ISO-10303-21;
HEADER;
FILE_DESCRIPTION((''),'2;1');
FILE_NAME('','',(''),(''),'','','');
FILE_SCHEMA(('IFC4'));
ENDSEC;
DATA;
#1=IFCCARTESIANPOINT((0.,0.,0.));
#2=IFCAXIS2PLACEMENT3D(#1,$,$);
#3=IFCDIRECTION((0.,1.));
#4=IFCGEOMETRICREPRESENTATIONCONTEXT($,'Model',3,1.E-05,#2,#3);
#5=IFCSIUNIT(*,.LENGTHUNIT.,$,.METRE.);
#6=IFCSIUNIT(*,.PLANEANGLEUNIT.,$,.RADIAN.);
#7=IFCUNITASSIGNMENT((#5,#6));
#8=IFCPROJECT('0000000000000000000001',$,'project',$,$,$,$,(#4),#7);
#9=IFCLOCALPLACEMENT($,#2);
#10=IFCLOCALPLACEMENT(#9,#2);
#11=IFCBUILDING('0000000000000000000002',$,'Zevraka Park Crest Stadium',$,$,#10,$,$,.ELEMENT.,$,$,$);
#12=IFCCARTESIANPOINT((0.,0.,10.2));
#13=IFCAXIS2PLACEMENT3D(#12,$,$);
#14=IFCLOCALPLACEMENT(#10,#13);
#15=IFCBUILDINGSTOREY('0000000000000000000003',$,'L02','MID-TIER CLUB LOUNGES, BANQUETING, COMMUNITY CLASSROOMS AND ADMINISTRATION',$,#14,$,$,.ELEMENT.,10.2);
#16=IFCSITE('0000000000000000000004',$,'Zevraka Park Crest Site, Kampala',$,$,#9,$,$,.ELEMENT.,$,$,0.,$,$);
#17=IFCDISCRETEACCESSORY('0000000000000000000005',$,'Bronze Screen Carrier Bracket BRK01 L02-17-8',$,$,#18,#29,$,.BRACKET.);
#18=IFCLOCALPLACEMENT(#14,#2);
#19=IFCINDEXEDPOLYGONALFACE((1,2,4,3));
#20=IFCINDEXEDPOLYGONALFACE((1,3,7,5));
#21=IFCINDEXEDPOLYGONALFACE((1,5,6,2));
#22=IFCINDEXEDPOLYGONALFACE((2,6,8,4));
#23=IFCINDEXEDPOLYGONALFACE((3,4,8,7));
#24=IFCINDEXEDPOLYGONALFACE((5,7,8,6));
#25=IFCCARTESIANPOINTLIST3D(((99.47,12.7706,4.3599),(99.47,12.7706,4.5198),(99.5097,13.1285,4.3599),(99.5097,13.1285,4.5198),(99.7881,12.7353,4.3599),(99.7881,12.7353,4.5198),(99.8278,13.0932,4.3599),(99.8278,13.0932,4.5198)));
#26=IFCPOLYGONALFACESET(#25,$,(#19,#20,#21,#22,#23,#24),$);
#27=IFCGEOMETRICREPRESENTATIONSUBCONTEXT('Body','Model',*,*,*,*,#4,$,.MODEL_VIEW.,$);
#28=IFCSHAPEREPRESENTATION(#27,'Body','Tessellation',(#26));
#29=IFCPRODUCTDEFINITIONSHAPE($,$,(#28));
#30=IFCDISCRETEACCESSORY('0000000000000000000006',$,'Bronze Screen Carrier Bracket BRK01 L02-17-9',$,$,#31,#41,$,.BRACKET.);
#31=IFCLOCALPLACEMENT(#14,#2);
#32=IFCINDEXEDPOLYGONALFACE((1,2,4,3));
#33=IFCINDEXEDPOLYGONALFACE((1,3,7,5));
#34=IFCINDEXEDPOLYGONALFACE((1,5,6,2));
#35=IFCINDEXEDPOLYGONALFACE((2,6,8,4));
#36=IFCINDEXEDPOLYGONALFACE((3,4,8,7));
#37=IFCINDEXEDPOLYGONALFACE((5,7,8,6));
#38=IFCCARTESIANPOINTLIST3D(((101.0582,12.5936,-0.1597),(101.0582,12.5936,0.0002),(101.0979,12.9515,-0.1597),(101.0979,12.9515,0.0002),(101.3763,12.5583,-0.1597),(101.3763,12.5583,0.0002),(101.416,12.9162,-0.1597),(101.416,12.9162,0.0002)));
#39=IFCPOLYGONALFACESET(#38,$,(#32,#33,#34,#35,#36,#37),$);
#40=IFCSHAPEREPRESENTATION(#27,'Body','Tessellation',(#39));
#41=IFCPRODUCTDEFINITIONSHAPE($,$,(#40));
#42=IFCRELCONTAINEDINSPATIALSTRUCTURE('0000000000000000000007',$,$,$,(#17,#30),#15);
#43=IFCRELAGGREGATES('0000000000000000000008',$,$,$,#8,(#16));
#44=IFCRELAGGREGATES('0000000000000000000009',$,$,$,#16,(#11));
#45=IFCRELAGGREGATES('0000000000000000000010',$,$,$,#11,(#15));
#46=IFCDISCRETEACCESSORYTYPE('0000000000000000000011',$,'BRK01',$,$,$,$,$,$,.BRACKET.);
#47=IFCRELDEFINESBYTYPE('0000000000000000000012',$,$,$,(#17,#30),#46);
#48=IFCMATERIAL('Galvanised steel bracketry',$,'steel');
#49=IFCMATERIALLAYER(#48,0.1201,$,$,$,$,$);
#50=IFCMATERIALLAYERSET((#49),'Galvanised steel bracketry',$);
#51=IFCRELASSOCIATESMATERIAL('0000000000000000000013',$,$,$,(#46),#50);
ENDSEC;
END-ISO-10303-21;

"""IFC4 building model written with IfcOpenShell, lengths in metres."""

from ifc_helpers import new_model, si_unit, direction, frame, origin, origin_2d, place, context, subcontext, project, spatial, rectangle, extrude, material, layer, layer_set, type_object, element, save


model = new_model("IFC4")

# Units and contexts
model_context = context("Model", 3, precision=1e-05, world=origin(), true_north=direction((0.0, 1.0)))
body_context = subcontext(model_context, "Body", "Model", "MODEL_VIEW")
ifc_project = project(units=[si_unit("LENGTHUNIT", "METRE"), si_unit("PLANEANGLEUNIT", "RADIAN")], contexts=[model_context])

# Site, building, storey
site_placement = place(None, origin())
site = spatial("IfcSite", under=ifc_project, at=site_placement, Name="Zevraka Park Crest Site, Kampala", CompositionType="ELEMENT", RefElevation=0.0)
building_placement = place(site_placement, origin())
building = spatial("IfcBuilding", under=site, at=building_placement, Name="Zevraka Park Crest Stadium", CompositionType="ELEMENT")
storey_placement = place(building_placement, frame((0.0, 0.0, 10.2)))
storey = spatial("IfcBuildingStorey", under=building, at=storey_placement, Name="L02", Description="MID-TIER CLUB LOUNGES, BANQUETING, COMMUNITY CLASSROOMS AND ADMINISTRATION", CompositionType="ELEMENT", Elevation=10.2)

# Discrete accessories
ifc_material_1 = material(Name="Galvanised steel bracketry", Category="steel")
ifc_layer_1 = layer(ifc_material_1, 0.1201)
ifc_layer_set_1 = layer_set([ifc_layer_1], Name="Galvanised steel bracketry")
discrete_accessory_type = type_object("IfcDiscreteAccessoryType", Name="BRK01", PredefinedType="BRACKET", material=ifc_layer_set_1)
for number, where, z_axis, x_axis, name in (
    (1, (99.6489, 12.9319, 4.3599), (0.0, 0.0, 1.0), (0.993903, -0.110255, 0.0), "Bronze Screen Carrier Bracket BRK01 L02-17-8"),
    (2, (101.2371, 12.7549, -0.1597), (0.0, 0.0, 1.0), (0.993903, -0.110255, 0.0), "Bronze Screen Carrier Bracket BRK01 L02-17-9"),
):
    element("IfcDiscreteAccessory", number, at=place(storey_placement, frame(where, z_axis=z_axis, x_axis=x_axis)), inside=storey, type_object=discrete_accessory_type, Name=name, PredefinedType="BRACKET", context=body_context, shape_type="SweptSolid", body=[
        extrude(rectangle(XDim=0.3201, YDim=0.3601, at=origin_2d()), origin(), (0.0, 0.0, 1.0), 0.1599),
    ])

save(model, "model.ifc")
